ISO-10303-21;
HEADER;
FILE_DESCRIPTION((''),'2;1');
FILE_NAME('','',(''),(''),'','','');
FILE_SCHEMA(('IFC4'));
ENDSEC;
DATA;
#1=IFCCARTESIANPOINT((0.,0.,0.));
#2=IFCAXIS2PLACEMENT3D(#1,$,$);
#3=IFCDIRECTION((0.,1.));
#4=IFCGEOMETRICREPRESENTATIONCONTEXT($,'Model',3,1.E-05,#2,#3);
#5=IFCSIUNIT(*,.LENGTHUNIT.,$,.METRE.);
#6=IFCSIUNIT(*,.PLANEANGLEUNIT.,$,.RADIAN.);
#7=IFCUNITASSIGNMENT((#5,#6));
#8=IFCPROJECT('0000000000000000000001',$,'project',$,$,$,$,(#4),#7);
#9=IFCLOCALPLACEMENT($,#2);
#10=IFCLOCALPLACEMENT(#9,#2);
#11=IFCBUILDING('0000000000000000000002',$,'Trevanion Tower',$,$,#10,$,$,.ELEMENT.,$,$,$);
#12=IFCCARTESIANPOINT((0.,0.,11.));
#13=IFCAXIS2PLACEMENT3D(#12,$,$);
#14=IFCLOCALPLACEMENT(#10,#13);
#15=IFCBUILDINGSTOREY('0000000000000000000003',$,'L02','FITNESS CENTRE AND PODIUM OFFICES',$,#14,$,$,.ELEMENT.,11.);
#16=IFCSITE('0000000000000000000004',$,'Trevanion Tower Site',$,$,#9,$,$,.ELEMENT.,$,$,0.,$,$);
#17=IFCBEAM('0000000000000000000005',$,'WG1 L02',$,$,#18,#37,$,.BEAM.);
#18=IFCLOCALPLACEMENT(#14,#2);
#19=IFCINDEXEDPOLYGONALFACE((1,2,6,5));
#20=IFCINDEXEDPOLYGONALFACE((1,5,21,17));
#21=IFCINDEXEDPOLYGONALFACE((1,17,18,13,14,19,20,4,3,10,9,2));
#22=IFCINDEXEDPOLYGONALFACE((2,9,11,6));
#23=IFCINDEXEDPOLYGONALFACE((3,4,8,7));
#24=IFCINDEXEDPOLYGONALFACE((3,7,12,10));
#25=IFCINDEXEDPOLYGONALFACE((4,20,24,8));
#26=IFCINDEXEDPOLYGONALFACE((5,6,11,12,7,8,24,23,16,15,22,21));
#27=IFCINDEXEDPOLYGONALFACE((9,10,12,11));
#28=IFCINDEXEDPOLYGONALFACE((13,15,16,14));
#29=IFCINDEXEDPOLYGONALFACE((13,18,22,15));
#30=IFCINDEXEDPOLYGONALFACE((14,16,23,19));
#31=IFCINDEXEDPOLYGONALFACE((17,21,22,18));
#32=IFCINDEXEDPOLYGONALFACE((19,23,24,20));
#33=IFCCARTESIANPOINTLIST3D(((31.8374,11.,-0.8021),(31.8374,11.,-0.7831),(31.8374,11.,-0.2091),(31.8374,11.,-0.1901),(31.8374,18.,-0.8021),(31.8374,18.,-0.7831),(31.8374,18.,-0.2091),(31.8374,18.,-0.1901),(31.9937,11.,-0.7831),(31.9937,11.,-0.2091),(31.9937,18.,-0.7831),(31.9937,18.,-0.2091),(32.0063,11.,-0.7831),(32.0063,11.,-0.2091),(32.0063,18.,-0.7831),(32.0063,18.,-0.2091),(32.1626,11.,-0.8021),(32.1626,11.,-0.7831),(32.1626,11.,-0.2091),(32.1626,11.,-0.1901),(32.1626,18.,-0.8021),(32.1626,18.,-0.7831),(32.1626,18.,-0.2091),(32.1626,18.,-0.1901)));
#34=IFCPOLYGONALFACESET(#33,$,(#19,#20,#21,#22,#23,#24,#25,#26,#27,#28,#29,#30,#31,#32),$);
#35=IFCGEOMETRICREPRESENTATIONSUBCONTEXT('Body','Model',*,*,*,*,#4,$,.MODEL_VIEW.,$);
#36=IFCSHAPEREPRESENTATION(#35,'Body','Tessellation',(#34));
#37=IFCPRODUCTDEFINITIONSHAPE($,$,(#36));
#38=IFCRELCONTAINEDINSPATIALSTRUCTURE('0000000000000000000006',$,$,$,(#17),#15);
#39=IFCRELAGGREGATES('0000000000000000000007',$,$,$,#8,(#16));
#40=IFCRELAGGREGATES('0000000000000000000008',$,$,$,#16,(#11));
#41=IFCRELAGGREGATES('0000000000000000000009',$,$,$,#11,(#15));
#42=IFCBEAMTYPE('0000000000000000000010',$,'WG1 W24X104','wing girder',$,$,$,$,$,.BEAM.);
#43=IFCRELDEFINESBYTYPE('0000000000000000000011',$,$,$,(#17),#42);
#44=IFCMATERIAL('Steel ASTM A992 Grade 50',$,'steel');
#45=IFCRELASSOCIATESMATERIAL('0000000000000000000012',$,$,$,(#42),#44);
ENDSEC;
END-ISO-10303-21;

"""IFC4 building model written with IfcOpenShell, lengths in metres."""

from ifc_helpers import new_model, si_unit, direction, frame, origin, origin_2d, place, context, subcontext, project, spatial, i_section, extrude, material, material_profile, profile_set, type_object, element, save


model = new_model("IFC4")

# Units and contexts
model_context = context("Model", 3, precision=1e-05, world=origin(), true_north=direction((0.0, 1.0)))
body_context = subcontext(model_context, "Body", "Model", "MODEL_VIEW")
ifc_project = project(units=[si_unit("LENGTHUNIT", "METRE"), si_unit("PLANEANGLEUNIT", "RADIAN")], contexts=[model_context])

# Site, building, storey
site_placement = place(None, origin())
site = spatial("IfcSite", under=ifc_project, at=site_placement, Name="Trevanion Tower Site", CompositionType="ELEMENT", RefElevation=0.0)
building_placement = place(site_placement, origin())
building = spatial("IfcBuilding", under=site, at=building_placement, Name="Trevanion Tower", CompositionType="ELEMENT")
storey_placement = place(building_placement, frame((0.0, 0.0, 11.0)))
storey = spatial("IfcBuildingStorey", under=building, at=storey_placement, Name="L02", Description="FITNESS CENTRE AND PODIUM OFFICES", CompositionType="ELEMENT", Elevation=11.0)

# Beam
ifc_material_1 = material(Name="Steel ASTM A992 Grade 50", Category="steel")
ifc_material_profile_1 = material_profile(ifc_material_1, i_section(OverallWidth=0.3252, OverallDepth=0.6121, WebThickness=0.0127, FlangeThickness=0.019, at=origin_2d()), Name="W24X104")
ifc_profile_set_1 = profile_set([ifc_material_profile_1], Name="Steel ASTM A992 Grade 50")
beam_type_1 = type_object("IfcBeamType", Name="WG1 W24X104", Description="wing girder", PredefinedType="BEAM", material=ifc_profile_set_1)
beam_1_placement = place(storey_placement, frame((32.0, 11.0, -0.4961), z_axis=(0.0, 1.0, 0.0), x_axis=(-1.0, 0.0, 0.0)))
element("IfcBeam", 1, at=beam_1_placement, inside=storey, type_object=beam_type_1, Name="WG1 L02", PredefinedType="BEAM", context=body_context, shape_type="SweptSolid", body=[
    extrude(i_section(OverallWidth=0.3252, OverallDepth=0.6121, WebThickness=0.0127, FlangeThickness=0.019, at=origin_2d()), origin(), (0.0, 0.0, 1.0), 7.0),
])

save(model, "model.ifc")
